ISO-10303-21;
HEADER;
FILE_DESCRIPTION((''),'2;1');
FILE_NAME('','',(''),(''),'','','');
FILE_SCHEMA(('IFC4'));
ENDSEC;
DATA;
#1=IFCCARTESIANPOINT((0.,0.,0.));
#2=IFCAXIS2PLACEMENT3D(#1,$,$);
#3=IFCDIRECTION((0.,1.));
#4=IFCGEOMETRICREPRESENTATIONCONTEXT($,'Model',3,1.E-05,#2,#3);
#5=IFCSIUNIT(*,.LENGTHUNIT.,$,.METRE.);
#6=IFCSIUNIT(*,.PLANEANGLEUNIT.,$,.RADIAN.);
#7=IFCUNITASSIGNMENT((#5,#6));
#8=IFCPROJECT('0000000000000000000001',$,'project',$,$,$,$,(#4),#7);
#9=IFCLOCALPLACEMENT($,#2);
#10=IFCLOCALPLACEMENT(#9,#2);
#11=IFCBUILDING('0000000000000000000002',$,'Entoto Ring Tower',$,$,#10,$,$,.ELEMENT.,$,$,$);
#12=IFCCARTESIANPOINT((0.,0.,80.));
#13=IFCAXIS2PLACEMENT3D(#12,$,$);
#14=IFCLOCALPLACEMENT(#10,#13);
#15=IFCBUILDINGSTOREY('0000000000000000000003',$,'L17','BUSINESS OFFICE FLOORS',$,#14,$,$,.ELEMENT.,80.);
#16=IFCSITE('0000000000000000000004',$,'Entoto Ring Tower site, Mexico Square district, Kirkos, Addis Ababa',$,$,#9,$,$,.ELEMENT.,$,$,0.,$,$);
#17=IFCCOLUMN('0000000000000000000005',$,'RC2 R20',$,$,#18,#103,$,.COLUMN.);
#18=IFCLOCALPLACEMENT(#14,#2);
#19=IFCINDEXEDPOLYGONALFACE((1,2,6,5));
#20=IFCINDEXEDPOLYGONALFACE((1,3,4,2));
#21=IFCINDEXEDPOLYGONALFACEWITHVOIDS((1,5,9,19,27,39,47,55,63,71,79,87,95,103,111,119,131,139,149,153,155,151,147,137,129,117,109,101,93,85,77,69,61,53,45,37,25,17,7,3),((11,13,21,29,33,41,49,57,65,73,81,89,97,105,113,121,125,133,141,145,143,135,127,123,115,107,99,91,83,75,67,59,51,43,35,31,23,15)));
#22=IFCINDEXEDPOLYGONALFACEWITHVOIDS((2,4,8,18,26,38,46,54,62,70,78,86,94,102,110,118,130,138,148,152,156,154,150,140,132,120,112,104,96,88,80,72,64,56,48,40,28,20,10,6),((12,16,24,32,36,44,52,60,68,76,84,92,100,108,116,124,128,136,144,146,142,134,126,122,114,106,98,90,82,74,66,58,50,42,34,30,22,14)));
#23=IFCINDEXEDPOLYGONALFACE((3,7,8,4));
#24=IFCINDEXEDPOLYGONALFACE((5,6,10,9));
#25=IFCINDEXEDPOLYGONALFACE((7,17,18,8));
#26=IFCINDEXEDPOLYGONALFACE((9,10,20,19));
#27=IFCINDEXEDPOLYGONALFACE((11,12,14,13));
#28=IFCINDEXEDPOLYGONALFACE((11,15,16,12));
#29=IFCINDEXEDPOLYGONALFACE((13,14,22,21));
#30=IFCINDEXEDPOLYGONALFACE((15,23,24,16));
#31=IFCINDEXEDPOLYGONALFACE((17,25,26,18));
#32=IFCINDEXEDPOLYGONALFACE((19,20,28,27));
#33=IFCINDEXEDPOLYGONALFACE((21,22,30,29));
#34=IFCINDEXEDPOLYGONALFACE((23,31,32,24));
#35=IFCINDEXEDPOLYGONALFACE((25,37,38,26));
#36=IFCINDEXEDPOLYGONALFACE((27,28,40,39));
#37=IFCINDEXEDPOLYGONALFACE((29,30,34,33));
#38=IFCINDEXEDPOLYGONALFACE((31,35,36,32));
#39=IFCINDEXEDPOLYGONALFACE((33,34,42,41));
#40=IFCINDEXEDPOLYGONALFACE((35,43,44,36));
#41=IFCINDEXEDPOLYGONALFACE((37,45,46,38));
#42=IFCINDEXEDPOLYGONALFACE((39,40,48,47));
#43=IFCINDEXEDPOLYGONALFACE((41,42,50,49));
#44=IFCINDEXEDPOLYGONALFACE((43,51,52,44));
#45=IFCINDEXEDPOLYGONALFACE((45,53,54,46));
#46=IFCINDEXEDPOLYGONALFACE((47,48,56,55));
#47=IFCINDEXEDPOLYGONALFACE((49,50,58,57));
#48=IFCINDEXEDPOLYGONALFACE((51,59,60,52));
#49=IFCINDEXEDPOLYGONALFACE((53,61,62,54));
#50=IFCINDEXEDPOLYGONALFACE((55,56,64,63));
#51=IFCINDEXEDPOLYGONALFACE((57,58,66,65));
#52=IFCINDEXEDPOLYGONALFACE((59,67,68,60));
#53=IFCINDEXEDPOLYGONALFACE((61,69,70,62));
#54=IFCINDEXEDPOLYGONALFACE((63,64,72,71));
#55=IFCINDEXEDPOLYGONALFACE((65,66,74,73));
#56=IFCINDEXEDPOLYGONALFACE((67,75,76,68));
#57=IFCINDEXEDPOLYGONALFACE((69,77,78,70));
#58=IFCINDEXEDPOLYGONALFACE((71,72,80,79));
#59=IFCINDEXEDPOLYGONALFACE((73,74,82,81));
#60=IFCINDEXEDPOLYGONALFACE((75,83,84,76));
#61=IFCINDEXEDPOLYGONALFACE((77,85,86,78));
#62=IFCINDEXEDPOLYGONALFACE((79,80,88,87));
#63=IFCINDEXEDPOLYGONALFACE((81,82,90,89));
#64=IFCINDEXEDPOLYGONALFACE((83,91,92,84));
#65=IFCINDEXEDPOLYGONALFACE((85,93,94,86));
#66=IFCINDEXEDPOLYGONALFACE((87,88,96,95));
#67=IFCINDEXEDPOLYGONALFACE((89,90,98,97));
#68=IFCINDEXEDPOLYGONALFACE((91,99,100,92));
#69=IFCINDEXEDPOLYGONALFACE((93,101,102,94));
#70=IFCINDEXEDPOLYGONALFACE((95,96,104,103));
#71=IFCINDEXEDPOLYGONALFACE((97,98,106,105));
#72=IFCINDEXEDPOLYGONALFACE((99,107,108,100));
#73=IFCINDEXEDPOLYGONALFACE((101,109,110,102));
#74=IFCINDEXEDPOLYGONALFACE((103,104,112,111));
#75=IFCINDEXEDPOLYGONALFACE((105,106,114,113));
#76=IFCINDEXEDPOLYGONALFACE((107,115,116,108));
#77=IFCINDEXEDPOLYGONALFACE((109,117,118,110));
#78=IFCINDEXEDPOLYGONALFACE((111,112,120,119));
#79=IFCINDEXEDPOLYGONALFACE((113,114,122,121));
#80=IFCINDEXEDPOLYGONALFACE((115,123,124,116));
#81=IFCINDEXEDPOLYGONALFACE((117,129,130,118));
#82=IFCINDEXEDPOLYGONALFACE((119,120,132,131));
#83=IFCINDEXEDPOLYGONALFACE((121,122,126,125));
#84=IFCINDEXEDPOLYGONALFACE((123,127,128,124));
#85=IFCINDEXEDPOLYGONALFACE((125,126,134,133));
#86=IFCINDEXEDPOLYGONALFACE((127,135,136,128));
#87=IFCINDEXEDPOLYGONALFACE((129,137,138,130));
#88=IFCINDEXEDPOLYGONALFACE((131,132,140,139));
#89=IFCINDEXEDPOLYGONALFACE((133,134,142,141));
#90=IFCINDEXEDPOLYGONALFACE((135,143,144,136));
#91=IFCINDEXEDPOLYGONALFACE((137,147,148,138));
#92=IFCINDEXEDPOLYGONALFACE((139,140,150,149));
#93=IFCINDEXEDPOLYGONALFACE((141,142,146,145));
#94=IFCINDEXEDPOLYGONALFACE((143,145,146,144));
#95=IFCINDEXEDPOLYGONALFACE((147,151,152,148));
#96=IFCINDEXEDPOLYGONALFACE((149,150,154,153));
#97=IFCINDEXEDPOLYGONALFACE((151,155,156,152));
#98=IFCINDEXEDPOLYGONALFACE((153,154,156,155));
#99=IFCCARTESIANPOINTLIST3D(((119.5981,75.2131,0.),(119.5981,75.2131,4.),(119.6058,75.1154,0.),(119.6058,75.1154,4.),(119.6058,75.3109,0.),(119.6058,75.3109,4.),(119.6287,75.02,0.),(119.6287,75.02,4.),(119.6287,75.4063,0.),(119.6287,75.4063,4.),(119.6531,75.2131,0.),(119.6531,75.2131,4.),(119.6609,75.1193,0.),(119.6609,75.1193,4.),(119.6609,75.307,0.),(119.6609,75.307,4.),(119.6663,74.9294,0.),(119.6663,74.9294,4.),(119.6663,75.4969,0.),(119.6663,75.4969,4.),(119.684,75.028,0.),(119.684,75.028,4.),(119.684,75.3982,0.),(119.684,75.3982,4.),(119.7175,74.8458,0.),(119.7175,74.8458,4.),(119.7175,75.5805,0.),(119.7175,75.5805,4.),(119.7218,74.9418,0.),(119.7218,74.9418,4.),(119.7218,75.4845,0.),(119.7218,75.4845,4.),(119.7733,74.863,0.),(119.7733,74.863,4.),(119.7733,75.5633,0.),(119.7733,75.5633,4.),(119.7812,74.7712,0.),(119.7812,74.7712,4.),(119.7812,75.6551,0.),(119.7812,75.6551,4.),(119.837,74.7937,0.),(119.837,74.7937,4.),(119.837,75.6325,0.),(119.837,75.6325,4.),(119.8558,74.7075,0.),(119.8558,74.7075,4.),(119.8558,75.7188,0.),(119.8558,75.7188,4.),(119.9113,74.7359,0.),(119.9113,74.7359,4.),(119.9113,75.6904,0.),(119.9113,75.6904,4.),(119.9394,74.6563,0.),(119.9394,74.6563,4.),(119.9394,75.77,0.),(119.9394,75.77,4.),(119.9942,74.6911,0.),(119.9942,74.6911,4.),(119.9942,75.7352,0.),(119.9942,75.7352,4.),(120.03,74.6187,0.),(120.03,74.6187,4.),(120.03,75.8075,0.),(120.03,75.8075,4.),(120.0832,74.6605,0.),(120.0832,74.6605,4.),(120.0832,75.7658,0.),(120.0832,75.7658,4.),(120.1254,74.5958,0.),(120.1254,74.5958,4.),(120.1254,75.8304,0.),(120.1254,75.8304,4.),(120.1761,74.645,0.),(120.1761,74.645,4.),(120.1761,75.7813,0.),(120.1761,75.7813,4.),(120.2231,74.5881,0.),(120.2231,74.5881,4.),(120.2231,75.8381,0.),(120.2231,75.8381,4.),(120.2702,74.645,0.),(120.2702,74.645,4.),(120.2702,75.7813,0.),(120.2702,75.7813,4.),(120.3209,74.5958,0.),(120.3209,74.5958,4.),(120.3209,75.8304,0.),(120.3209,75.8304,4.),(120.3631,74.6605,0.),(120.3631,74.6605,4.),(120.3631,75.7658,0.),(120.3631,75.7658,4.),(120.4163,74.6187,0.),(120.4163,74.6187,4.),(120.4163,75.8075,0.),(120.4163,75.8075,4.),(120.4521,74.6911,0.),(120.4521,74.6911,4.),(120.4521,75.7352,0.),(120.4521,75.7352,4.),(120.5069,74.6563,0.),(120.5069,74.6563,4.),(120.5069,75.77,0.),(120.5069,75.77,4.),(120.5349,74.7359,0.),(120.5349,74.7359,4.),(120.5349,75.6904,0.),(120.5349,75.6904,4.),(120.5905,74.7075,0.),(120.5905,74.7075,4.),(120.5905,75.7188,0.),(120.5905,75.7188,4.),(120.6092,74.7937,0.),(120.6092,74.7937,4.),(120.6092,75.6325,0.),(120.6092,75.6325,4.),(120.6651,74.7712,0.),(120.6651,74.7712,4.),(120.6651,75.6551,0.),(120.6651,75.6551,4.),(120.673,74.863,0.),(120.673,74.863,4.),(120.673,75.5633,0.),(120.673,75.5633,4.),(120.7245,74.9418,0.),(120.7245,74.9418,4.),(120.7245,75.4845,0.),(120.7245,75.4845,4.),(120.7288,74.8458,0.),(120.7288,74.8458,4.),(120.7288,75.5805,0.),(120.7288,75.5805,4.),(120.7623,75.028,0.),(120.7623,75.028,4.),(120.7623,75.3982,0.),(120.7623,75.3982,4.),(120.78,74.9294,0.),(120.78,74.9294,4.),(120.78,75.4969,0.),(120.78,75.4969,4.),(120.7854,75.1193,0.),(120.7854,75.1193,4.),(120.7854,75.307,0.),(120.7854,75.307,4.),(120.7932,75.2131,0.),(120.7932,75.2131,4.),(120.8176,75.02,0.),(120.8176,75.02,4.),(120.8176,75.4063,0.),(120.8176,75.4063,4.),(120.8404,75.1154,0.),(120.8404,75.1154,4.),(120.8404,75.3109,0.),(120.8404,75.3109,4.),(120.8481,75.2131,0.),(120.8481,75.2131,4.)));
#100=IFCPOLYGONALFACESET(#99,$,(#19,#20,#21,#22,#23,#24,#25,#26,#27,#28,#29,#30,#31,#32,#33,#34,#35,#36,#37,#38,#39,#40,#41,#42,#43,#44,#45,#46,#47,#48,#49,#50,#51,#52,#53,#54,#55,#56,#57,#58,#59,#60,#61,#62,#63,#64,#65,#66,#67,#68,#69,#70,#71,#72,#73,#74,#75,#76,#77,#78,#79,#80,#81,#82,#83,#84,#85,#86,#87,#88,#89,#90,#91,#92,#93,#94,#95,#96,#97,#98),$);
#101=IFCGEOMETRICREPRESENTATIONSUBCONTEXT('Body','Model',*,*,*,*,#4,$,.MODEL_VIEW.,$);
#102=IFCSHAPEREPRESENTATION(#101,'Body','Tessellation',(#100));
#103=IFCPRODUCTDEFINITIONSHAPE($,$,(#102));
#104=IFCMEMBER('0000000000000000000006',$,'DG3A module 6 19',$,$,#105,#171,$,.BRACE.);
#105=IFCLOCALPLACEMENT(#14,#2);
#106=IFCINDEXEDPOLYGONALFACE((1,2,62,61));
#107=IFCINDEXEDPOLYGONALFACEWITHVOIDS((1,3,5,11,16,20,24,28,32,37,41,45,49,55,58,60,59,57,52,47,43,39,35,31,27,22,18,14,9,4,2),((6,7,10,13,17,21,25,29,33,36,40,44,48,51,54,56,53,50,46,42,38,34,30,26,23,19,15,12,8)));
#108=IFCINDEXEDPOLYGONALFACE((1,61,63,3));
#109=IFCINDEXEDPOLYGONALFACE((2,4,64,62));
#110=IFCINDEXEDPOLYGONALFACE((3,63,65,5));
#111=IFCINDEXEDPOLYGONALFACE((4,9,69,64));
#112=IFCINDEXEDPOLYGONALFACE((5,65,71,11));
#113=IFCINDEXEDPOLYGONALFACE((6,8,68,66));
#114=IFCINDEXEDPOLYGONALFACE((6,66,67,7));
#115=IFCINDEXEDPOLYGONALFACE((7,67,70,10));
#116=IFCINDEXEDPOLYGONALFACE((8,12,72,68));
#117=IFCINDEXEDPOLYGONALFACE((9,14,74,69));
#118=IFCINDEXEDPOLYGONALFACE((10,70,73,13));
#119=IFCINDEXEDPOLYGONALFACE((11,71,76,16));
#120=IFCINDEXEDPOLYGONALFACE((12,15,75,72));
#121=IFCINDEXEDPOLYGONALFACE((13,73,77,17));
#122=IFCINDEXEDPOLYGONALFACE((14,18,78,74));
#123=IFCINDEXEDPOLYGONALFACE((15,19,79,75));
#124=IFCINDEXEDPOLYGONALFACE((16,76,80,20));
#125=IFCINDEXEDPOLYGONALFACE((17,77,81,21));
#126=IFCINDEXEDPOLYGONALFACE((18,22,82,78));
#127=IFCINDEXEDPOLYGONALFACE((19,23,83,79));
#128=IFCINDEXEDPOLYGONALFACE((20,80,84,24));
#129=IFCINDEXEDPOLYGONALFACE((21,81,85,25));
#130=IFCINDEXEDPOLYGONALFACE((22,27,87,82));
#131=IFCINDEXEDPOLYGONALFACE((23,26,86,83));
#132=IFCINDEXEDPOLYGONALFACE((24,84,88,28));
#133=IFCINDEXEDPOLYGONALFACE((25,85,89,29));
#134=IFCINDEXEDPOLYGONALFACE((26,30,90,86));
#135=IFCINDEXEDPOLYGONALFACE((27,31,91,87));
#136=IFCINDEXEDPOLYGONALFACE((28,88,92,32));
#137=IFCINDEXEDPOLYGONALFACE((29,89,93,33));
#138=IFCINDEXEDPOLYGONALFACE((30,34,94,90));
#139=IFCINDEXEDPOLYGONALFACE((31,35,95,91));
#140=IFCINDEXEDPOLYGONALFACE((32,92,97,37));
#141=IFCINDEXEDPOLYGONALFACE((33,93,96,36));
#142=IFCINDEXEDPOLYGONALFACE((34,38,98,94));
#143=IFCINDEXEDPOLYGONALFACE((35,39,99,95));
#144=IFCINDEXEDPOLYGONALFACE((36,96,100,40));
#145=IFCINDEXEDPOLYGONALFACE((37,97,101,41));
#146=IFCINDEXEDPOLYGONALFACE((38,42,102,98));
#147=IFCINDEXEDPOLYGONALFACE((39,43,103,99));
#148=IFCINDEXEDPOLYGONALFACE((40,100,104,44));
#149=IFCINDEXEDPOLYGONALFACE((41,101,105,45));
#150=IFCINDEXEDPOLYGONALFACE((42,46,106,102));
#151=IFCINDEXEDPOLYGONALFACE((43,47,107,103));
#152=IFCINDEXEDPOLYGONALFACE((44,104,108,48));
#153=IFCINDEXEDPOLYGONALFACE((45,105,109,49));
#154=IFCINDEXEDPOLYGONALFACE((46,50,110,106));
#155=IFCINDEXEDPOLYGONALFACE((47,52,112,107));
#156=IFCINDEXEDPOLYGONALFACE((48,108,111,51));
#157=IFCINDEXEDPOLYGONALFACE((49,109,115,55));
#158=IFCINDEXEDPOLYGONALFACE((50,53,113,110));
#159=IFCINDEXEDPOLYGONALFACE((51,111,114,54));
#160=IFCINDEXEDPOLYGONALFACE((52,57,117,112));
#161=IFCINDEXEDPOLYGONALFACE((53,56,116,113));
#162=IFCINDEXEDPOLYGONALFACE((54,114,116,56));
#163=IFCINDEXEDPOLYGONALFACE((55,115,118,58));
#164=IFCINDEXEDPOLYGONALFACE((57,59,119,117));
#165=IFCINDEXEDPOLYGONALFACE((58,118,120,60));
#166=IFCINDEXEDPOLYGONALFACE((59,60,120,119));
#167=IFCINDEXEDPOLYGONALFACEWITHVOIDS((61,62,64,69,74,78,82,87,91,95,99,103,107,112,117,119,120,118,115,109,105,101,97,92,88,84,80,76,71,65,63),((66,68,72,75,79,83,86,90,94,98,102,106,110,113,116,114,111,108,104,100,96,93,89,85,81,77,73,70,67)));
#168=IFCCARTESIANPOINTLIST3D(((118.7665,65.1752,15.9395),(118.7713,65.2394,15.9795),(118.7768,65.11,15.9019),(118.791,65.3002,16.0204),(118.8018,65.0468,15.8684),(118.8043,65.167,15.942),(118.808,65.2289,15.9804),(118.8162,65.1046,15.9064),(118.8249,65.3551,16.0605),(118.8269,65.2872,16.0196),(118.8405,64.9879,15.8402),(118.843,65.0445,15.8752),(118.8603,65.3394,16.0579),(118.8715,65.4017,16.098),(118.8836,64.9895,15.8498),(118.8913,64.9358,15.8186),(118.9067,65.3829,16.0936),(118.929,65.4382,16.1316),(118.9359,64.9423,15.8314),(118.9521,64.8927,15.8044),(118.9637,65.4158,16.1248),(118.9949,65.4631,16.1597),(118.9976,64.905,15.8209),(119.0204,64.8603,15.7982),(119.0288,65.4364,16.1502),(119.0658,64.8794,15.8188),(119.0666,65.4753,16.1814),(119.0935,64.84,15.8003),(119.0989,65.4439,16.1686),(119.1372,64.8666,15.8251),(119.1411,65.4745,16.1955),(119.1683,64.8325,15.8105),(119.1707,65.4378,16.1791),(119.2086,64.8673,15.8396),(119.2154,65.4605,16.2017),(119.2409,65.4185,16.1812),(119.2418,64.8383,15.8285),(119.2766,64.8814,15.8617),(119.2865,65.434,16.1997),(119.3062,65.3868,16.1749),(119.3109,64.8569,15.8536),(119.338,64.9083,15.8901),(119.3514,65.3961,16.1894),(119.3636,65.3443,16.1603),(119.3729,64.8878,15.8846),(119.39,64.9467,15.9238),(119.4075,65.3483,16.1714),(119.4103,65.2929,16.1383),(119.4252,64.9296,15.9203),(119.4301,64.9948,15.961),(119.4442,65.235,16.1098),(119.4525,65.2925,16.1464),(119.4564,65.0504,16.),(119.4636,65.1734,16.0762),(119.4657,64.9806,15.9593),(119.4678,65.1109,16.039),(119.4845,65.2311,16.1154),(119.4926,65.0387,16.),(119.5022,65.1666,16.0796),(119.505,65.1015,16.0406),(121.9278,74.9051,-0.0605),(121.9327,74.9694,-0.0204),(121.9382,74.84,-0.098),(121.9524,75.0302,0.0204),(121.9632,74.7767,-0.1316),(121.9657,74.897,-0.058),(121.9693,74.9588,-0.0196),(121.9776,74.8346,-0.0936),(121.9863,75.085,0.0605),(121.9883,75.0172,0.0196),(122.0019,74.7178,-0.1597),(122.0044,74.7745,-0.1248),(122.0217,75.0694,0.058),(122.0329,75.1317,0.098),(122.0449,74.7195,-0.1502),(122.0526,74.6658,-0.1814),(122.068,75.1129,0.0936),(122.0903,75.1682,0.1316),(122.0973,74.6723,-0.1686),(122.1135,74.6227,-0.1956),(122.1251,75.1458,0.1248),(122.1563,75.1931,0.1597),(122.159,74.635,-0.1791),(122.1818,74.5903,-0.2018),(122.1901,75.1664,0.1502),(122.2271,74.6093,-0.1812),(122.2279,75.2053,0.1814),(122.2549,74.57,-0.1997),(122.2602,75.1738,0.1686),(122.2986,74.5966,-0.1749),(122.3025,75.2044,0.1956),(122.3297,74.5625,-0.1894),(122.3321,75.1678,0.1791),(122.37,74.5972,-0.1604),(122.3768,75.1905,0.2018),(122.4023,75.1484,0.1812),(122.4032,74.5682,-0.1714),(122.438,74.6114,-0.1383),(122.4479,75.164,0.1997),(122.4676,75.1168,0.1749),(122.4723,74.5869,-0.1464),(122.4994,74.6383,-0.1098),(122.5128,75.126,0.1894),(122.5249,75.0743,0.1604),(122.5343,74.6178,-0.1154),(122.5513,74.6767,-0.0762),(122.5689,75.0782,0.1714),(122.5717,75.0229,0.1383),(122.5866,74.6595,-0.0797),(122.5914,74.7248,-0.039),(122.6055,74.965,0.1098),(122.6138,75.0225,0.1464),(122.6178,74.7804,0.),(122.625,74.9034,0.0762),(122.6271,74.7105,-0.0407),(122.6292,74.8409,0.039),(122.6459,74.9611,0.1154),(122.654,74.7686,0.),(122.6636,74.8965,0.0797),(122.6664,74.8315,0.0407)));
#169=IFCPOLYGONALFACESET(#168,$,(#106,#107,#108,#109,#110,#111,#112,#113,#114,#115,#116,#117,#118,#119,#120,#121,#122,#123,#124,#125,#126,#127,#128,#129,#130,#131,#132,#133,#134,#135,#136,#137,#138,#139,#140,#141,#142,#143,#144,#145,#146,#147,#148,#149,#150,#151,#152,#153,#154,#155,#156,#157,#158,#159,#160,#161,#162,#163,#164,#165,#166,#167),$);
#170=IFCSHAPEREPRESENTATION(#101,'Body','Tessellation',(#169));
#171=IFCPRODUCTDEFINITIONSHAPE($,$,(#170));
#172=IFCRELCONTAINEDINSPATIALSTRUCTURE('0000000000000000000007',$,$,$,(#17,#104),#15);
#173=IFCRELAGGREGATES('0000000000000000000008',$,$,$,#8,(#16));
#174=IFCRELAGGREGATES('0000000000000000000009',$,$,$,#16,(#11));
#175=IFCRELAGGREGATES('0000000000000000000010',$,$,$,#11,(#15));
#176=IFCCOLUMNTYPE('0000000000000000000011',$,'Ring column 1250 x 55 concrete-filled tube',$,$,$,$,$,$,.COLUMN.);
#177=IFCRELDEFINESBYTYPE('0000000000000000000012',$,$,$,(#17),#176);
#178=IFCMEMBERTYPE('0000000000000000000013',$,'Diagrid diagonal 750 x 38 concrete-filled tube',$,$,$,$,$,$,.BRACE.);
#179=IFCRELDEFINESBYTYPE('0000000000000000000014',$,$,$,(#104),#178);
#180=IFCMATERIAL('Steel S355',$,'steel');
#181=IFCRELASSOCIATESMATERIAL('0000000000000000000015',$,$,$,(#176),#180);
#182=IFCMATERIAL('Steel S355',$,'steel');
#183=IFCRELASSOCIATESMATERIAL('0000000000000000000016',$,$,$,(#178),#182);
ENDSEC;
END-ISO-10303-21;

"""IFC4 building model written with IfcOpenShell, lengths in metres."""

from ifc_helpers import new_model, si_unit, direction, frame, origin, origin_2d, place, context, subcontext, project, spatial, circle, hollow_circle, extrude, material, material_profile, profile_set, type_object, element, save


model = new_model("IFC4")

# Units and contexts
model_context = context("Model", 3, precision=1e-05, world=origin(), true_north=direction((0.0, 1.0)))
body_context = subcontext(model_context, "Body", "Model", "MODEL_VIEW")
ifc_project = project(units=[si_unit("LENGTHUNIT", "METRE"), si_unit("PLANEANGLEUNIT", "RADIAN")], contexts=[model_context])

# Site, building, storey
site_placement = place(None, origin())
site = spatial("IfcSite", under=ifc_project, at=site_placement, Name="Entoto Ring Tower site, Mexico Square district, Kirkos, Addis Ababa", CompositionType="ELEMENT", RefElevation=0.0)
building_placement = place(site_placement, origin())
building = spatial("IfcBuilding", under=site, at=building_placement, Name="Entoto Ring Tower", CompositionType="ELEMENT")
storey_placement = place(building_placement, frame((0.0, 0.0, 80.0)))
storey = spatial("IfcBuildingStorey", under=building, at=storey_placement, Name="L17", Description="BUSINESS OFFICE FLOORS", CompositionType="ELEMENT", Elevation=80.0)

# Column
ifc_material_1 = material(Name="Steel S355", Category="steel")
ifc_material_profile_1 = material_profile(ifc_material_1, hollow_circle(Radius=0.625, WallThickness=0.0549, at=origin_2d()), Name="CHS 1250 x 55")
ifc_material_2 = material(Name="Concrete C60/75", Category="concrete")
ifc_material_profile_2 = material_profile(ifc_material_2, circle(Radius=0.5701, at=origin_2d()), Name="Concrete C60/75 infill")
ifc_profile_set_1 = profile_set([ifc_material_profile_1, ifc_material_profile_2], Name="Steel S355")
column_type = type_object("IfcColumnType", Name="Ring column 1250 x 55 concrete-filled tube", PredefinedType="COLUMN", material=ifc_profile_set_1)
column_placement = place(storey_placement, frame((120.2231, 75.2131, 0.0), z_axis=(0.0, 0.0, 1.0), x_axis=(1.0, 0.0, 0.0)))
element("IfcColumn", 1, at=column_placement, inside=storey, type_object=column_type, Name="RC2 R20", PredefinedType="COLUMN", context=body_context, shape_type="SweptSolid", body=[
    extrude(hollow_circle(Radius=0.625, WallThickness=0.0549, at=origin_2d()), origin(), (0.0, 0.0, 1.0), 4.0),
])

# Member
ifc_material_3 = material(Name="Steel S355", Category="steel")
ifc_material_profile_3 = material_profile(ifc_material_3, hollow_circle(Radius=0.375, WallThickness=0.0381, at=origin_2d()), Name="CHS 750 x 38")
ifc_material_4 = material(Name="Concrete C60/75", Category="concrete")
ifc_material_profile_4 = material_profile(ifc_material_4, circle(Radius=0.3369, at=origin_2d()), Name="Concrete C60/75 infill")
ifc_profile_set_2 = profile_set([ifc_material_profile_3, ifc_material_profile_4], Name="Steel S355")
member_type_1 = type_object("IfcMemberType", Name="Diagrid diagonal 750 x 38 concrete-filled tube", PredefinedType="BRACE", material=ifc_profile_set_2)
member_1_placement = place(storey_placement, frame((122.2974, 74.8845, 0.0), z_axis=(-0.166465, -0.512341, 0.842494), x_axis=(0.951059, -0.309009, 0.0)))
element("IfcMember", 2, at=member_1_placement, inside=storey, type_object=member_type_1, Name="DG3A module 6 19", PredefinedType="BRACE", context=body_context, shape_type="SweptSolid", body=[
    extrude(hollow_circle(Radius=0.375, WallThickness=0.0381, at=origin_2d()), origin(), (0.0, 0.0, 1.0), 18.9912),
])

save(model, "model.ifc")
